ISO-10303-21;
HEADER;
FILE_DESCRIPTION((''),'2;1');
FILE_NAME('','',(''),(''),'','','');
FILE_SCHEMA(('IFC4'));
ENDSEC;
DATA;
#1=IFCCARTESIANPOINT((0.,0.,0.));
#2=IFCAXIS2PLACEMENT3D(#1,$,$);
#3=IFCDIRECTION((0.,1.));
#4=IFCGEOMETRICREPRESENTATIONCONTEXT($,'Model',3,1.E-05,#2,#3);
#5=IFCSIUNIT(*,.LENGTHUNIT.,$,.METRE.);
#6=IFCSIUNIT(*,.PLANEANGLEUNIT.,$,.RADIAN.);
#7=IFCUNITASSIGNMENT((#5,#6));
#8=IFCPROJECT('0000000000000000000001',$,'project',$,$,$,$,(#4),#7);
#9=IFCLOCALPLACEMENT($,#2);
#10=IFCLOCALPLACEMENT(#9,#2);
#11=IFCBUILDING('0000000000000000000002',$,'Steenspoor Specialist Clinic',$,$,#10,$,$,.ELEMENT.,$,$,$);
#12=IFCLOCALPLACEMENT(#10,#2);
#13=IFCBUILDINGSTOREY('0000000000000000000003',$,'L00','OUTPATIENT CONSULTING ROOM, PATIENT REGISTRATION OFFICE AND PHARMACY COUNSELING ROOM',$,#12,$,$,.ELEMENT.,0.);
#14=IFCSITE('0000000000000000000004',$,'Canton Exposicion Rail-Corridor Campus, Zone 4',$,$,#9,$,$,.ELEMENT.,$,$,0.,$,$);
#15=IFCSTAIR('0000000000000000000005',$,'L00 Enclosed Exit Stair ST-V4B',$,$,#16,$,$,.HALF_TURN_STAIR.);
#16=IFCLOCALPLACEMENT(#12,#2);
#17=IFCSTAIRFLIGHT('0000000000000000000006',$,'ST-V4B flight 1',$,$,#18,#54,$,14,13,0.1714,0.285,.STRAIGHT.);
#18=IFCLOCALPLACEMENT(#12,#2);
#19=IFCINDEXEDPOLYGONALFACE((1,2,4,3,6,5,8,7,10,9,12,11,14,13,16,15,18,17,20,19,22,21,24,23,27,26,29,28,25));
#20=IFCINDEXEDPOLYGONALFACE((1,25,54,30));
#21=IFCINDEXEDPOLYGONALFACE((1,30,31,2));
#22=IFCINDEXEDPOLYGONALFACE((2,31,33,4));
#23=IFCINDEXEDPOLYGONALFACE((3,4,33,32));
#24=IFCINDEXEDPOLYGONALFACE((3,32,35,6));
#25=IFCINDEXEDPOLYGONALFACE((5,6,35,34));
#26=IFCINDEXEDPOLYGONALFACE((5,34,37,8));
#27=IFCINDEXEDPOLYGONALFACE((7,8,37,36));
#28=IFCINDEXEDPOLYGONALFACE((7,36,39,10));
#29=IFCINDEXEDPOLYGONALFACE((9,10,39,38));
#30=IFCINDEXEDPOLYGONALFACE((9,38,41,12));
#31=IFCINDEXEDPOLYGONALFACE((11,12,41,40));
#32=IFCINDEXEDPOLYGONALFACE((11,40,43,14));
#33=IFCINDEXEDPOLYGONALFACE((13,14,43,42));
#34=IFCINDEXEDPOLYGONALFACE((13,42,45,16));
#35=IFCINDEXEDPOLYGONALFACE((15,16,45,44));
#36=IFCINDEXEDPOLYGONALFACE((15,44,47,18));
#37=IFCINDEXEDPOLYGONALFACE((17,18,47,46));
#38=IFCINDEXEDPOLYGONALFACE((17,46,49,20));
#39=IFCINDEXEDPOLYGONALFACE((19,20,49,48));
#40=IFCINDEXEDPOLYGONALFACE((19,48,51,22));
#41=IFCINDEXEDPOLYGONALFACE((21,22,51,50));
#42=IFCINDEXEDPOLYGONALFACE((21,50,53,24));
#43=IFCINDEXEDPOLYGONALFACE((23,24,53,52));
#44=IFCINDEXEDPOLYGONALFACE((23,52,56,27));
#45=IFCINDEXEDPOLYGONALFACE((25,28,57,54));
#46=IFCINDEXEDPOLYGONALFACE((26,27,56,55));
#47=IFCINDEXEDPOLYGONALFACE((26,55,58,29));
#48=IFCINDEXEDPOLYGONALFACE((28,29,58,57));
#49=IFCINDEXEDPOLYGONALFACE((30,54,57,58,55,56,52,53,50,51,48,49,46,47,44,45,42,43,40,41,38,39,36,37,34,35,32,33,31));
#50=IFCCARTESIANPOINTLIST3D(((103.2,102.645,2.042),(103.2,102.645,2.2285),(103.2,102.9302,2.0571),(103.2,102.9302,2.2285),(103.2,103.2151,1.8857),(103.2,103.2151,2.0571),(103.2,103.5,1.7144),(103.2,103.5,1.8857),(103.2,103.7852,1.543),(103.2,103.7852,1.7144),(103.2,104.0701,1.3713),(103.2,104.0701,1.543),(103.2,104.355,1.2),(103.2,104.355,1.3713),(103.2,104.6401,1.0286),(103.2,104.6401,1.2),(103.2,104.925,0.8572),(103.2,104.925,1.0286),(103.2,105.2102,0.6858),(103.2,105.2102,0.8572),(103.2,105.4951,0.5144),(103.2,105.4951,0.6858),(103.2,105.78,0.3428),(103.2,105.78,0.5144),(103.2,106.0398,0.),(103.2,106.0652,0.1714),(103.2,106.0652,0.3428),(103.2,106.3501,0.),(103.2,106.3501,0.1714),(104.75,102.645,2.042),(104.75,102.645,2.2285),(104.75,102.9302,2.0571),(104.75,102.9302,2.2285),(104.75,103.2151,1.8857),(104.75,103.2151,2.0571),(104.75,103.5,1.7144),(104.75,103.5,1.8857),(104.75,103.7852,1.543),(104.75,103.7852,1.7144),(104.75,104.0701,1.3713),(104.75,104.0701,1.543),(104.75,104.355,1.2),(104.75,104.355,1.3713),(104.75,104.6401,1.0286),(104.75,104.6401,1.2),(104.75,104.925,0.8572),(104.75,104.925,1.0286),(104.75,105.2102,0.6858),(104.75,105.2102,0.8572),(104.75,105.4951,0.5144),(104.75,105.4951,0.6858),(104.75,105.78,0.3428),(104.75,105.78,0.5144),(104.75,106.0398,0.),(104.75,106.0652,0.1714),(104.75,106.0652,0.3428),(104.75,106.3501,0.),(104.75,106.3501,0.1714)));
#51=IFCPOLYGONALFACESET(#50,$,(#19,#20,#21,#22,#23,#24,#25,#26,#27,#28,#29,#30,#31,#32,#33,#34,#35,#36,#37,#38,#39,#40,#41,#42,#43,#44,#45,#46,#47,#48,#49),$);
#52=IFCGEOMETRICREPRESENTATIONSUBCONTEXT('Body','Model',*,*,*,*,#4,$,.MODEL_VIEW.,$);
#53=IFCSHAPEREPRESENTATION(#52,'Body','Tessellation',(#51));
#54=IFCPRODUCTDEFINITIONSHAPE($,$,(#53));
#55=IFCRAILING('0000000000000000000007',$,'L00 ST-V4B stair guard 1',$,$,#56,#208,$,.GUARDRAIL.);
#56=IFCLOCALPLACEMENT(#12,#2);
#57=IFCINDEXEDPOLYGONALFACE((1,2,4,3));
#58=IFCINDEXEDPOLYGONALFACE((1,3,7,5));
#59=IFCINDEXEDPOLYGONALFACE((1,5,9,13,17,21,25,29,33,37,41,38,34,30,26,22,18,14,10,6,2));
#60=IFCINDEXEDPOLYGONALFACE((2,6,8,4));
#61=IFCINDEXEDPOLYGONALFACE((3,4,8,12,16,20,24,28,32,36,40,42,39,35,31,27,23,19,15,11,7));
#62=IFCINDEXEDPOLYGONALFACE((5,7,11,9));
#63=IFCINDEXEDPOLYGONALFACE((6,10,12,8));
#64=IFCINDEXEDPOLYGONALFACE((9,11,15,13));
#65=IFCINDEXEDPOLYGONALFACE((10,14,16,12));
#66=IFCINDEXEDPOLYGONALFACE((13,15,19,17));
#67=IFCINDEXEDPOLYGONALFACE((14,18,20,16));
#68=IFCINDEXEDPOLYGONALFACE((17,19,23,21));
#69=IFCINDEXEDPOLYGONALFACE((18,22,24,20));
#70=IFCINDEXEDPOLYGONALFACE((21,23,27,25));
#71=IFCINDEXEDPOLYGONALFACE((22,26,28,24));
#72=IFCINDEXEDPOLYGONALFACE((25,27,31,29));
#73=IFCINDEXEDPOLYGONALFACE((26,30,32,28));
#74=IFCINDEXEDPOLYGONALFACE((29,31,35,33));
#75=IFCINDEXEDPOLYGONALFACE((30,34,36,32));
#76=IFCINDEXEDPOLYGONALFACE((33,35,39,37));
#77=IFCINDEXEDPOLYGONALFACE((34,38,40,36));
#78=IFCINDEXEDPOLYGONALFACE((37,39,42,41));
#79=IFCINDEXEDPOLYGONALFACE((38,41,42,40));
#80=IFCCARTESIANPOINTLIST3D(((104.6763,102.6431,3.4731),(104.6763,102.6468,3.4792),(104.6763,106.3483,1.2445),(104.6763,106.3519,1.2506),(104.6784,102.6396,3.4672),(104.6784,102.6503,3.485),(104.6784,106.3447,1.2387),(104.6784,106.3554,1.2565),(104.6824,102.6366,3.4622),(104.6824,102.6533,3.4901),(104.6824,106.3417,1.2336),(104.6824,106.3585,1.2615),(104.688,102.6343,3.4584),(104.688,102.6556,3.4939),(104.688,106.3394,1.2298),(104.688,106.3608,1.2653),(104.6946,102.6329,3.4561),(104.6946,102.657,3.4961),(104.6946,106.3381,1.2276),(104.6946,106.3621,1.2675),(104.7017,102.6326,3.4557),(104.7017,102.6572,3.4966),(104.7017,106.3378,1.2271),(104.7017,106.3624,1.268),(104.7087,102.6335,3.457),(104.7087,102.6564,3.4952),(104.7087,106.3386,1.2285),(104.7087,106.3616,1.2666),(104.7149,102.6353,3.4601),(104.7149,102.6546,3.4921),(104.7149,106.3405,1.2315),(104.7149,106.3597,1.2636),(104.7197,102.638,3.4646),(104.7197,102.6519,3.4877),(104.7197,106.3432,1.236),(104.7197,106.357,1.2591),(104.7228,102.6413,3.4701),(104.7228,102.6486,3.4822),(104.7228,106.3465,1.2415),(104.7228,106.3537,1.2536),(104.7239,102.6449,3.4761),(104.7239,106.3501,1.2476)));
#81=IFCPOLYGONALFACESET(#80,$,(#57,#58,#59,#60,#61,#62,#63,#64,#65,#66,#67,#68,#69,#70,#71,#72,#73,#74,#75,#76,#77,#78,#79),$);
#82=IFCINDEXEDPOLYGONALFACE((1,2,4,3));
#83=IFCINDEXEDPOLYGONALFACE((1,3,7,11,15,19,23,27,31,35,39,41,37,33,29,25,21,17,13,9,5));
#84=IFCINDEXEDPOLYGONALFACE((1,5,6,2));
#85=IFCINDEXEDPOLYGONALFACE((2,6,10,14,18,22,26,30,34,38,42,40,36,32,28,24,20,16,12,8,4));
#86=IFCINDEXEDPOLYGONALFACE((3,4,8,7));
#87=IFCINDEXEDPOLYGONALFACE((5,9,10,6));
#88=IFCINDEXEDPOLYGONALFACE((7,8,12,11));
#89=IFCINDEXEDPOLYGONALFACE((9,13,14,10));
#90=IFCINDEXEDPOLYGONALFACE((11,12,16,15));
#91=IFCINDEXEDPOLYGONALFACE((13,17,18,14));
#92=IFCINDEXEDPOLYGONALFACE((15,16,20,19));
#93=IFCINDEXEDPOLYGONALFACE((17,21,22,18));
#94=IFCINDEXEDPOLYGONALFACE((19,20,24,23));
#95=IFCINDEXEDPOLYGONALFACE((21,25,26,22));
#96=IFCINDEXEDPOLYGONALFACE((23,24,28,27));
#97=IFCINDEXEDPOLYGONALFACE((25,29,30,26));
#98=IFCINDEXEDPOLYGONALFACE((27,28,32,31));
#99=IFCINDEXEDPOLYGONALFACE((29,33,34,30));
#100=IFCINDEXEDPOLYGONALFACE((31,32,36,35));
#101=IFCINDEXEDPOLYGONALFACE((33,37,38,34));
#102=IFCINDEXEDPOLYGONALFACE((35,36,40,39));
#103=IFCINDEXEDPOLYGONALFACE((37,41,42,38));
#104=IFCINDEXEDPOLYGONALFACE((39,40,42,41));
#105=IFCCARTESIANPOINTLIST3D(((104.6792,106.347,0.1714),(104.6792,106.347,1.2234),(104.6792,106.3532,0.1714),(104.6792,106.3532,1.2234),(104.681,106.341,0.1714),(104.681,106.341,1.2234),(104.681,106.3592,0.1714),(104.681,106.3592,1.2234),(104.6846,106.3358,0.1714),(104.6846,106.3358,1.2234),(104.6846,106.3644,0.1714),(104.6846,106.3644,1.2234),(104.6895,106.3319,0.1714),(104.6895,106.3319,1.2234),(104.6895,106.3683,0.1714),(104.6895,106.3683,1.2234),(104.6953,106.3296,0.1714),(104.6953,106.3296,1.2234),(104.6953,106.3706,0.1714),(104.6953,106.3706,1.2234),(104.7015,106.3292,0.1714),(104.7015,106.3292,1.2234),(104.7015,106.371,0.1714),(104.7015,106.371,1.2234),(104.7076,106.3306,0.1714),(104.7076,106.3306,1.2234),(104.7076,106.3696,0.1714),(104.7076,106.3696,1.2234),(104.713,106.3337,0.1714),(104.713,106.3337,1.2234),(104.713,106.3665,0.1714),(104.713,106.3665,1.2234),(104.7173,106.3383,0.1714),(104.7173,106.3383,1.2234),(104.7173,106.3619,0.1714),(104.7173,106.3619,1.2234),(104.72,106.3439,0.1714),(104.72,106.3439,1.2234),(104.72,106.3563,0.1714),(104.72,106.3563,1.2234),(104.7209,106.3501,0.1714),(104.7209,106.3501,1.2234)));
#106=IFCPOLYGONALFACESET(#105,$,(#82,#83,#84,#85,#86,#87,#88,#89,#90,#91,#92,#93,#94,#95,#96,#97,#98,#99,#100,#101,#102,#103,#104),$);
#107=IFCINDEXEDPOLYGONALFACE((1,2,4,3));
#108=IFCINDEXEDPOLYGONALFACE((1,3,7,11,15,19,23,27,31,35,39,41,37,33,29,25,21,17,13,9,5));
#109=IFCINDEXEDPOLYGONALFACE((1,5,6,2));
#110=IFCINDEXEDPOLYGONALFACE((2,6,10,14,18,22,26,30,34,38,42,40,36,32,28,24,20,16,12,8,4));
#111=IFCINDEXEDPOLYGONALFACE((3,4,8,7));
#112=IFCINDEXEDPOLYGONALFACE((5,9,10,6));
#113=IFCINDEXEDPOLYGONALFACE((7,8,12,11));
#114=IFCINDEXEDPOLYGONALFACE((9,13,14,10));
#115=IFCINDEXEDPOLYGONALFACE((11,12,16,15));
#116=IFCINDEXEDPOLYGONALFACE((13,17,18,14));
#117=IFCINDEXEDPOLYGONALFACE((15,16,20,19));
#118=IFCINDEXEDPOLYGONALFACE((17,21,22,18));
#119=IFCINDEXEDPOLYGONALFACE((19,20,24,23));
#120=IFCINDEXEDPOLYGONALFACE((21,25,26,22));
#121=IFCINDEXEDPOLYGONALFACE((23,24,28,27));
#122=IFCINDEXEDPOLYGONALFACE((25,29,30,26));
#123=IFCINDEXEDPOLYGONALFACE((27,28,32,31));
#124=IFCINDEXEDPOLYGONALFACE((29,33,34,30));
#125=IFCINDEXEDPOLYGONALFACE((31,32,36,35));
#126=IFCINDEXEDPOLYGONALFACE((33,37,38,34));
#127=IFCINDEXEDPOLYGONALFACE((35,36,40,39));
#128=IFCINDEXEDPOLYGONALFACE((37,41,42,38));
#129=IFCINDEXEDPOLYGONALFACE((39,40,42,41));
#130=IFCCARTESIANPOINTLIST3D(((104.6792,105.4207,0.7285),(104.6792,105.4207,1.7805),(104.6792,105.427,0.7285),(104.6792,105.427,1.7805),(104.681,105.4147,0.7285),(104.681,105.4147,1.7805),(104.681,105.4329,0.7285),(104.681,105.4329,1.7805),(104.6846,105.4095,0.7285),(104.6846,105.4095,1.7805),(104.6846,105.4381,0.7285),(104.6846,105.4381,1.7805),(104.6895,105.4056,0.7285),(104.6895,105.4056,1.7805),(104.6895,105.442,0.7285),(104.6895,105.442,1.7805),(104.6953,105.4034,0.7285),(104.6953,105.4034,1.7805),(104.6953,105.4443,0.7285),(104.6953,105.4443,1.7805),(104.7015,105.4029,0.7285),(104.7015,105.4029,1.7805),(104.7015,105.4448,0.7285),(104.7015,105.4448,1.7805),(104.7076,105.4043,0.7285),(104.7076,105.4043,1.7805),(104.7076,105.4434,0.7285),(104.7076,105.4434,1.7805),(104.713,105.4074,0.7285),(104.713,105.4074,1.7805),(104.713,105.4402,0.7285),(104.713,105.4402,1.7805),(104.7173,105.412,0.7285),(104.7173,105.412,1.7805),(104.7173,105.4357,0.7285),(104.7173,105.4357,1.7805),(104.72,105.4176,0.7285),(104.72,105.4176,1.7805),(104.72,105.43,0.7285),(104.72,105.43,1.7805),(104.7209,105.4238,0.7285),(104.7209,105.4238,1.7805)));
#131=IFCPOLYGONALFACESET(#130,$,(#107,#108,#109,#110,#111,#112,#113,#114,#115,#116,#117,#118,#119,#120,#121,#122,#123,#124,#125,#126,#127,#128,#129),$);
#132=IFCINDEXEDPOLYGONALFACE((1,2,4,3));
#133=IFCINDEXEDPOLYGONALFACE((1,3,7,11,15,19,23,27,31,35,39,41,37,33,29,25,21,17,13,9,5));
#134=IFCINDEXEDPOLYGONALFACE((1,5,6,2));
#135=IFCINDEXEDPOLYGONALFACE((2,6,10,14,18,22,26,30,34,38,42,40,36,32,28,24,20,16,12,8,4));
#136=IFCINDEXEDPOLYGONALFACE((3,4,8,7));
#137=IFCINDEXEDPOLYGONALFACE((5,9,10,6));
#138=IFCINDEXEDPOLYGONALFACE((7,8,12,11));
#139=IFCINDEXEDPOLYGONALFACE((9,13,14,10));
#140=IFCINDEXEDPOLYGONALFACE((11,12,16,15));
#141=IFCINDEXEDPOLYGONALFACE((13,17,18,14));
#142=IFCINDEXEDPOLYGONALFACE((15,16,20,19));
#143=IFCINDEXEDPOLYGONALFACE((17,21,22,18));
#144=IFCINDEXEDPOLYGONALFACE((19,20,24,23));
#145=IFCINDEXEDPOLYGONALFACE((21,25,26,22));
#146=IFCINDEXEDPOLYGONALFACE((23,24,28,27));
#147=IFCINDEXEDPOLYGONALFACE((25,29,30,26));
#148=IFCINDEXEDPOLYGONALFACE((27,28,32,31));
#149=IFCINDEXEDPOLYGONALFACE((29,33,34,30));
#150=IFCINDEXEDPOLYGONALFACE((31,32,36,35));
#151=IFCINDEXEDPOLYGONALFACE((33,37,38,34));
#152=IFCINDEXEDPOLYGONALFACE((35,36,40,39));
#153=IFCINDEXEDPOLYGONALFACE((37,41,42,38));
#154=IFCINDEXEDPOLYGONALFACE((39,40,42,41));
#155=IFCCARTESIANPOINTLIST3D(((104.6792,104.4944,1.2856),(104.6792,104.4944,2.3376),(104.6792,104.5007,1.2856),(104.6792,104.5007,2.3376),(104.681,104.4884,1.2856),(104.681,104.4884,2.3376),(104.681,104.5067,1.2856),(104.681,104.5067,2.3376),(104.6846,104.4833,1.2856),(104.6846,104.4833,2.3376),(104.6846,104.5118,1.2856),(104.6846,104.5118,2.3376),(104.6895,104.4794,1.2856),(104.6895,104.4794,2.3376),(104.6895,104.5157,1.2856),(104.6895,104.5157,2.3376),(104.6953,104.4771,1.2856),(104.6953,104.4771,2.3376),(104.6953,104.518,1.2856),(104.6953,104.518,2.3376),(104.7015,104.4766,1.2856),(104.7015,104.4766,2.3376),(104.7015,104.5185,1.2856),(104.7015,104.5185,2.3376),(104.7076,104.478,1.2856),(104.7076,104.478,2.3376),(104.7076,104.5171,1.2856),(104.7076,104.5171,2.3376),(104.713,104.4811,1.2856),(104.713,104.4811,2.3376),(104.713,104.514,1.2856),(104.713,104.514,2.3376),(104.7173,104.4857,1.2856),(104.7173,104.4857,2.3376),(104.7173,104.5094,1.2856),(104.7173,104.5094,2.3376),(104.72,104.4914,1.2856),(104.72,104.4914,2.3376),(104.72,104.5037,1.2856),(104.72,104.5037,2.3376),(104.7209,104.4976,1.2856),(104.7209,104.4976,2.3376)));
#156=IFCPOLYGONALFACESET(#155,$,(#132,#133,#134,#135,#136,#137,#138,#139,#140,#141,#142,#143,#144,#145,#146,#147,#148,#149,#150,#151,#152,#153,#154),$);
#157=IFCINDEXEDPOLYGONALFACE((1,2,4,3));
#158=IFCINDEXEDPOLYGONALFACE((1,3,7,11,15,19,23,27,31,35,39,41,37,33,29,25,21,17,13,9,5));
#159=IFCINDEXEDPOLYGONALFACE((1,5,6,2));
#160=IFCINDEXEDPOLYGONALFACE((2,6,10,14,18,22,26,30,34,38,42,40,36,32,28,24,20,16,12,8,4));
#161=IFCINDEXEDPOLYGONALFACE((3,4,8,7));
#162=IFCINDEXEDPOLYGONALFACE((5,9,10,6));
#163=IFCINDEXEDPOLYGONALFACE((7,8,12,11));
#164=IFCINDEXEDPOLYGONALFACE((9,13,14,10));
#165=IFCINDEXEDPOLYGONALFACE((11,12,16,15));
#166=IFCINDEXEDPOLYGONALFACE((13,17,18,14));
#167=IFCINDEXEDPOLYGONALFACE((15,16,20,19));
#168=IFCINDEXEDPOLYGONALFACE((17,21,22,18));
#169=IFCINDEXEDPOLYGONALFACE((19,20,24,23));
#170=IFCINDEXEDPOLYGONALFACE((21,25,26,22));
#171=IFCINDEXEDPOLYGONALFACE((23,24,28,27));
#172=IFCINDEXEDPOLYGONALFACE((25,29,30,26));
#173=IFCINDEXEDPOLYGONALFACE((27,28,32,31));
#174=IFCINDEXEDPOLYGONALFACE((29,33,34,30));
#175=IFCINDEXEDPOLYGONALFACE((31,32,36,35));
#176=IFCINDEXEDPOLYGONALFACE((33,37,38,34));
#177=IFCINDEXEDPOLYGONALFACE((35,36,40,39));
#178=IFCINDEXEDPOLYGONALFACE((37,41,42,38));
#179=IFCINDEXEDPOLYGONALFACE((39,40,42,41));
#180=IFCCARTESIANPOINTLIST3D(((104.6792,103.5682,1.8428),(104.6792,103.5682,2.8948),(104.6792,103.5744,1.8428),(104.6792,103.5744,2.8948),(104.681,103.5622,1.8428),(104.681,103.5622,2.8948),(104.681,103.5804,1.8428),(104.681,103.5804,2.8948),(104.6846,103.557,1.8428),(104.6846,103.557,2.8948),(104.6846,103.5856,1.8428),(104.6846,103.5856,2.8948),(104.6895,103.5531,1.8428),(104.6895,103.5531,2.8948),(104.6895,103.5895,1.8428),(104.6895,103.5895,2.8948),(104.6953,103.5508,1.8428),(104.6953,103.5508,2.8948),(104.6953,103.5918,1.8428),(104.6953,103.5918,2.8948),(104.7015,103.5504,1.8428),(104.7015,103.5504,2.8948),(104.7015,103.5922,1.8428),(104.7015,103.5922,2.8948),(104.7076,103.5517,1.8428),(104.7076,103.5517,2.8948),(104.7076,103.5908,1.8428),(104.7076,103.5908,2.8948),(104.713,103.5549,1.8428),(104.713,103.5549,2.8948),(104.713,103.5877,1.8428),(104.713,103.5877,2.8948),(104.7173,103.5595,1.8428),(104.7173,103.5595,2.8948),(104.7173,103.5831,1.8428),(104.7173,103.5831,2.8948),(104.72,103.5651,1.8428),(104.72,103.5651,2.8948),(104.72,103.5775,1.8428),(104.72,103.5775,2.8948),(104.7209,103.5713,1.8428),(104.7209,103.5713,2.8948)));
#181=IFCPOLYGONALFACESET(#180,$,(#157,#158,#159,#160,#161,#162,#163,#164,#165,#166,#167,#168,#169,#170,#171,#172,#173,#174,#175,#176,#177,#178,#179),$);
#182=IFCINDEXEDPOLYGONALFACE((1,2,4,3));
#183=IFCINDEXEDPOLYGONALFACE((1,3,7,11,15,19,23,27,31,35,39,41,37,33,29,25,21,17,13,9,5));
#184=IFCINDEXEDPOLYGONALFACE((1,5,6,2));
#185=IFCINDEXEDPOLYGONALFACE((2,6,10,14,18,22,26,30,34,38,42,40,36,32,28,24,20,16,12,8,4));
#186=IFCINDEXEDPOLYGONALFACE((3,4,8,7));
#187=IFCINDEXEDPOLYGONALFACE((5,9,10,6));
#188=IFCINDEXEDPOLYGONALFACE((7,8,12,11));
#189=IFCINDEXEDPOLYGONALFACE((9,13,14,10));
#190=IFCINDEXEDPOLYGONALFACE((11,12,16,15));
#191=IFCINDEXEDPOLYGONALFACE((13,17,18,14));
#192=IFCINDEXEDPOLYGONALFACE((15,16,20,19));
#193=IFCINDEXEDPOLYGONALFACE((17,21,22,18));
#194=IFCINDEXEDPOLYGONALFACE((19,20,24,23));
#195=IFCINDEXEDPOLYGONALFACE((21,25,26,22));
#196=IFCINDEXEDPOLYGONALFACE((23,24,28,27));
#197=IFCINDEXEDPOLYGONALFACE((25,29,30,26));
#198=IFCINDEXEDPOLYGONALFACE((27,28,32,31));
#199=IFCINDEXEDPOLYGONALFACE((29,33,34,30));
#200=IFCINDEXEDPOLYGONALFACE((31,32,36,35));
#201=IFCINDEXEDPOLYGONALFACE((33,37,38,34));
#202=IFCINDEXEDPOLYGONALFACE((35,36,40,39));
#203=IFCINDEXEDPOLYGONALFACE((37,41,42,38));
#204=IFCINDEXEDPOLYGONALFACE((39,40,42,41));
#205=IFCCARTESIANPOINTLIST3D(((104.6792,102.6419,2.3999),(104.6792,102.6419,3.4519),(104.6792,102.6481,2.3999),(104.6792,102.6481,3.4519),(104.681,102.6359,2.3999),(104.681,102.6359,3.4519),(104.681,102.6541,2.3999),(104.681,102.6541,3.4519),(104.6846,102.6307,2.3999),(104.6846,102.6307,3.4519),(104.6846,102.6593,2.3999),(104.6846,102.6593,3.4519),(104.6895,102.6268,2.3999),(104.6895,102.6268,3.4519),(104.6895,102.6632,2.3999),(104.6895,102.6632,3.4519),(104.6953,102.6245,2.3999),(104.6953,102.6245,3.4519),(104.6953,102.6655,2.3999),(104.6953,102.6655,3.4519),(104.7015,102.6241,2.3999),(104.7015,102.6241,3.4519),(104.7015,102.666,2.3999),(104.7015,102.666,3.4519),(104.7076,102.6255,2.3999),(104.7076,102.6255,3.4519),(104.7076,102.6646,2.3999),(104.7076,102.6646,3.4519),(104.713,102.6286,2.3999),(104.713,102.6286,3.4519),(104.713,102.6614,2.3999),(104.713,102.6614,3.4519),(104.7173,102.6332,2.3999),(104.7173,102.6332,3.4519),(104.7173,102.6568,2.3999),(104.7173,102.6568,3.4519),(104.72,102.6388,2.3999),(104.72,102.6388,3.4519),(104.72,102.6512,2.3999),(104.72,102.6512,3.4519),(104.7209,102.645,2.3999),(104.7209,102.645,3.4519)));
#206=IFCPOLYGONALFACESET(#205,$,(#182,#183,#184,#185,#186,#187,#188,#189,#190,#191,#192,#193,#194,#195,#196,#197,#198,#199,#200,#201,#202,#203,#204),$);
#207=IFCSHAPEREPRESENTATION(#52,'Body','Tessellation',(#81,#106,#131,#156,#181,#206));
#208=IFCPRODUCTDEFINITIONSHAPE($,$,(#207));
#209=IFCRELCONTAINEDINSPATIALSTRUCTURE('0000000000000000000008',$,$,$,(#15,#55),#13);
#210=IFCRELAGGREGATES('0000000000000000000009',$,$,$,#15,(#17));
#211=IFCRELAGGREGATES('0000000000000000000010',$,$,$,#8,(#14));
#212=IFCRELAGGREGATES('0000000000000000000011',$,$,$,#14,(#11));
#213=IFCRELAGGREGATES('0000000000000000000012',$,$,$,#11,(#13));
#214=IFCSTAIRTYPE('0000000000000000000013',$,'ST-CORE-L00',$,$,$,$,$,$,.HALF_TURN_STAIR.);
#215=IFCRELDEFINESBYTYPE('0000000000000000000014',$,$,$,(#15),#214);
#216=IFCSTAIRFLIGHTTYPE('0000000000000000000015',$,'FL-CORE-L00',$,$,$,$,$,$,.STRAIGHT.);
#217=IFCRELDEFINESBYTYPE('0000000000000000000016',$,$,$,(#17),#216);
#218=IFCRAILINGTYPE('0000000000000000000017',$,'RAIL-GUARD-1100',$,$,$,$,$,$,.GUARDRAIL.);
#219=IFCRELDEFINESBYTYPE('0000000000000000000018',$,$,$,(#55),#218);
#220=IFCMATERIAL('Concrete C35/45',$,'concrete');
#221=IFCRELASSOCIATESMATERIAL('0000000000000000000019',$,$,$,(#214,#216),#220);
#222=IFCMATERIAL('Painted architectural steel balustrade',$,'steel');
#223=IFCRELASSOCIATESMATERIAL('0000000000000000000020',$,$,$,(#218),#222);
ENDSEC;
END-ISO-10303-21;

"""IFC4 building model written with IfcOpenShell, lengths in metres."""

from ifc_helpers import new_model, si_unit, direction, frame, origin, origin_2d, place, context, subcontext, project, spatial, polyline, circle, outline, extrude, material, type_object, element, aggregate, save


model = new_model("IFC4")

# Units and contexts
model_context = context("Model", 3, precision=1e-05, world=origin(), true_north=direction((0.0, 1.0)))
body_context = subcontext(model_context, "Body", "Model", "MODEL_VIEW")
ifc_project = project(units=[si_unit("LENGTHUNIT", "METRE"), si_unit("PLANEANGLEUNIT", "RADIAN")], contexts=[model_context])

# Site, building, storey
site_placement = place(None, origin())
site = spatial("IfcSite", under=ifc_project, at=site_placement, Name="Canton Exposicion Rail-Corridor Campus, Zone 4", CompositionType="ELEMENT", RefElevation=0.0)
building_placement = place(site_placement, origin())
building = spatial("IfcBuilding", under=site, at=building_placement, Name="Steenspoor Specialist Clinic", CompositionType="ELEMENT")
storey_placement = place(building_placement, origin())
storey = spatial("IfcBuildingStorey", under=building, at=storey_placement, Name="L00", Description="OUTPATIENT CONSULTING ROOM, PATIENT REGISTRATION OFFICE AND PHARMACY COUNSELING ROOM", CompositionType="ELEMENT", Elevation=0.0)

# Shared definitions
ifc_material_1 = material(Name="Concrete C35/45", Category="concrete")

# Stair, stair flight
stair_type = type_object("IfcStairType", Name="ST-CORE-L00", PredefinedType="HALF_TURN_STAIR", material=ifc_material_1)
stair_placement = place(storey_placement, origin())
stair = element("IfcStair", 1, at=stair_placement, inside=storey, type_object=stair_type, Name="L00 Enclosed Exit Stair ST-V4B", PredefinedType="HALF_TURN_STAIR")
stair_flight_type = type_object("IfcStairFlightType", Name="FL-CORE-L00", PredefinedType="STRAIGHT", material=ifc_material_1)
stair_flight_placement = place(storey_placement, frame((103.9751, 106.3501, 0.0), z_axis=(0.0, 0.0, 1.0), x_axis=(0.0, -1.0, 0.0)))
stair_flight = element("IfcStairFlight", 2, at=stair_flight_placement, type_object=stair_flight_type, Name="ST-V4B flight 1", NumberOfRisers=14, NumberOfTreads=13, PredefinedType="STRAIGHT", RiserHeight=0.1714, TreadLength=0.285, context=body_context, shape_type="SweptSolid", body=[
    extrude(outline(polyline([(0.0, 0.0), (0.0, 0.1714), (0.2849, 0.1714), (0.2849, 0.3428), (0.5701, 0.3428), (0.5701, 0.5144), (0.855, 0.5144), (0.855, 0.6858), (1.1399, 0.6858), (1.1399, 0.8572), (1.425, 0.8572), (1.425, 1.0286), (1.71, 1.0286), (1.71, 1.2), (1.9951, 1.2), (1.9951, 1.3713), (2.28, 1.3713), (2.28, 1.543), (2.5649, 1.543), (2.5649, 1.7144), (2.8501, 1.7144), (2.8501, 1.8857), (3.135, 1.8857), (3.135, 2.0571), (3.4199, 2.0571), (3.4199, 2.2285), (3.7051, 2.2285), (3.7051, 2.3999), (3.7051, 2.042), (0.3103, 0.0), (0.0, 0.0)])), frame((0.0, 0.7749, 0.0), z_axis=(0.0, -1.0, 0.0), x_axis=(1.0, 0.0, 0.0)), (0.0, 0.0, 1.0), 1.55),
])
aggregate(stair, [stair_flight])

# Railing
ifc_material_2 = material(Name="Painted architectural steel balustrade", Category="steel")
railing_type_1 = type_object("IfcRailingType", Name="RAIL-GUARD-1100", PredefinedType="GUARDRAIL", material=ifc_material_2)
railing_1_placement = place(storey_placement, frame((104.7, 106.3501, 0.1714)))
element("IfcRailing", 3, at=railing_1_placement, inside=storey, type_object=railing_type_1, Name="L00 ST-V4B stair guard 1", PredefinedType="GUARDRAIL", context=body_context, shape_type="SweptSolid", body=[
    extrude(circle(Radius=0.0239, at=origin_2d()), frame((0.0, 0.0, 1.0762), z_axis=(0.0, -0.856934, 0.515425), x_axis=(1.0, 0.0, 0.0)), (0.0, 0.0, 1.0), 4.3237),
    extrude(circle(Radius=0.021, at=origin_2d()), origin(), (0.0, 0.0, 1.0), 1.052),
    extrude(circle(Radius=0.021, at=origin_2d()), frame((0.0, -0.9263, 0.5571)), (0.0, 0.0, 1.0), 1.052),
    extrude(circle(Radius=0.021, at=origin_2d()), frame((0.0, -1.8525, 1.1143)), (0.0, 0.0, 1.0), 1.052),
    extrude(circle(Radius=0.021, at=origin_2d()), frame((0.0, -2.7788, 1.6714)), (0.0, 0.0, 1.0), 1.052),
    extrude(circle(Radius=0.021, at=origin_2d()), frame((0.0, -3.7051, 2.2285)), (0.0, 0.0, 1.0), 1.052),
])

save(model, "model.ifc")
